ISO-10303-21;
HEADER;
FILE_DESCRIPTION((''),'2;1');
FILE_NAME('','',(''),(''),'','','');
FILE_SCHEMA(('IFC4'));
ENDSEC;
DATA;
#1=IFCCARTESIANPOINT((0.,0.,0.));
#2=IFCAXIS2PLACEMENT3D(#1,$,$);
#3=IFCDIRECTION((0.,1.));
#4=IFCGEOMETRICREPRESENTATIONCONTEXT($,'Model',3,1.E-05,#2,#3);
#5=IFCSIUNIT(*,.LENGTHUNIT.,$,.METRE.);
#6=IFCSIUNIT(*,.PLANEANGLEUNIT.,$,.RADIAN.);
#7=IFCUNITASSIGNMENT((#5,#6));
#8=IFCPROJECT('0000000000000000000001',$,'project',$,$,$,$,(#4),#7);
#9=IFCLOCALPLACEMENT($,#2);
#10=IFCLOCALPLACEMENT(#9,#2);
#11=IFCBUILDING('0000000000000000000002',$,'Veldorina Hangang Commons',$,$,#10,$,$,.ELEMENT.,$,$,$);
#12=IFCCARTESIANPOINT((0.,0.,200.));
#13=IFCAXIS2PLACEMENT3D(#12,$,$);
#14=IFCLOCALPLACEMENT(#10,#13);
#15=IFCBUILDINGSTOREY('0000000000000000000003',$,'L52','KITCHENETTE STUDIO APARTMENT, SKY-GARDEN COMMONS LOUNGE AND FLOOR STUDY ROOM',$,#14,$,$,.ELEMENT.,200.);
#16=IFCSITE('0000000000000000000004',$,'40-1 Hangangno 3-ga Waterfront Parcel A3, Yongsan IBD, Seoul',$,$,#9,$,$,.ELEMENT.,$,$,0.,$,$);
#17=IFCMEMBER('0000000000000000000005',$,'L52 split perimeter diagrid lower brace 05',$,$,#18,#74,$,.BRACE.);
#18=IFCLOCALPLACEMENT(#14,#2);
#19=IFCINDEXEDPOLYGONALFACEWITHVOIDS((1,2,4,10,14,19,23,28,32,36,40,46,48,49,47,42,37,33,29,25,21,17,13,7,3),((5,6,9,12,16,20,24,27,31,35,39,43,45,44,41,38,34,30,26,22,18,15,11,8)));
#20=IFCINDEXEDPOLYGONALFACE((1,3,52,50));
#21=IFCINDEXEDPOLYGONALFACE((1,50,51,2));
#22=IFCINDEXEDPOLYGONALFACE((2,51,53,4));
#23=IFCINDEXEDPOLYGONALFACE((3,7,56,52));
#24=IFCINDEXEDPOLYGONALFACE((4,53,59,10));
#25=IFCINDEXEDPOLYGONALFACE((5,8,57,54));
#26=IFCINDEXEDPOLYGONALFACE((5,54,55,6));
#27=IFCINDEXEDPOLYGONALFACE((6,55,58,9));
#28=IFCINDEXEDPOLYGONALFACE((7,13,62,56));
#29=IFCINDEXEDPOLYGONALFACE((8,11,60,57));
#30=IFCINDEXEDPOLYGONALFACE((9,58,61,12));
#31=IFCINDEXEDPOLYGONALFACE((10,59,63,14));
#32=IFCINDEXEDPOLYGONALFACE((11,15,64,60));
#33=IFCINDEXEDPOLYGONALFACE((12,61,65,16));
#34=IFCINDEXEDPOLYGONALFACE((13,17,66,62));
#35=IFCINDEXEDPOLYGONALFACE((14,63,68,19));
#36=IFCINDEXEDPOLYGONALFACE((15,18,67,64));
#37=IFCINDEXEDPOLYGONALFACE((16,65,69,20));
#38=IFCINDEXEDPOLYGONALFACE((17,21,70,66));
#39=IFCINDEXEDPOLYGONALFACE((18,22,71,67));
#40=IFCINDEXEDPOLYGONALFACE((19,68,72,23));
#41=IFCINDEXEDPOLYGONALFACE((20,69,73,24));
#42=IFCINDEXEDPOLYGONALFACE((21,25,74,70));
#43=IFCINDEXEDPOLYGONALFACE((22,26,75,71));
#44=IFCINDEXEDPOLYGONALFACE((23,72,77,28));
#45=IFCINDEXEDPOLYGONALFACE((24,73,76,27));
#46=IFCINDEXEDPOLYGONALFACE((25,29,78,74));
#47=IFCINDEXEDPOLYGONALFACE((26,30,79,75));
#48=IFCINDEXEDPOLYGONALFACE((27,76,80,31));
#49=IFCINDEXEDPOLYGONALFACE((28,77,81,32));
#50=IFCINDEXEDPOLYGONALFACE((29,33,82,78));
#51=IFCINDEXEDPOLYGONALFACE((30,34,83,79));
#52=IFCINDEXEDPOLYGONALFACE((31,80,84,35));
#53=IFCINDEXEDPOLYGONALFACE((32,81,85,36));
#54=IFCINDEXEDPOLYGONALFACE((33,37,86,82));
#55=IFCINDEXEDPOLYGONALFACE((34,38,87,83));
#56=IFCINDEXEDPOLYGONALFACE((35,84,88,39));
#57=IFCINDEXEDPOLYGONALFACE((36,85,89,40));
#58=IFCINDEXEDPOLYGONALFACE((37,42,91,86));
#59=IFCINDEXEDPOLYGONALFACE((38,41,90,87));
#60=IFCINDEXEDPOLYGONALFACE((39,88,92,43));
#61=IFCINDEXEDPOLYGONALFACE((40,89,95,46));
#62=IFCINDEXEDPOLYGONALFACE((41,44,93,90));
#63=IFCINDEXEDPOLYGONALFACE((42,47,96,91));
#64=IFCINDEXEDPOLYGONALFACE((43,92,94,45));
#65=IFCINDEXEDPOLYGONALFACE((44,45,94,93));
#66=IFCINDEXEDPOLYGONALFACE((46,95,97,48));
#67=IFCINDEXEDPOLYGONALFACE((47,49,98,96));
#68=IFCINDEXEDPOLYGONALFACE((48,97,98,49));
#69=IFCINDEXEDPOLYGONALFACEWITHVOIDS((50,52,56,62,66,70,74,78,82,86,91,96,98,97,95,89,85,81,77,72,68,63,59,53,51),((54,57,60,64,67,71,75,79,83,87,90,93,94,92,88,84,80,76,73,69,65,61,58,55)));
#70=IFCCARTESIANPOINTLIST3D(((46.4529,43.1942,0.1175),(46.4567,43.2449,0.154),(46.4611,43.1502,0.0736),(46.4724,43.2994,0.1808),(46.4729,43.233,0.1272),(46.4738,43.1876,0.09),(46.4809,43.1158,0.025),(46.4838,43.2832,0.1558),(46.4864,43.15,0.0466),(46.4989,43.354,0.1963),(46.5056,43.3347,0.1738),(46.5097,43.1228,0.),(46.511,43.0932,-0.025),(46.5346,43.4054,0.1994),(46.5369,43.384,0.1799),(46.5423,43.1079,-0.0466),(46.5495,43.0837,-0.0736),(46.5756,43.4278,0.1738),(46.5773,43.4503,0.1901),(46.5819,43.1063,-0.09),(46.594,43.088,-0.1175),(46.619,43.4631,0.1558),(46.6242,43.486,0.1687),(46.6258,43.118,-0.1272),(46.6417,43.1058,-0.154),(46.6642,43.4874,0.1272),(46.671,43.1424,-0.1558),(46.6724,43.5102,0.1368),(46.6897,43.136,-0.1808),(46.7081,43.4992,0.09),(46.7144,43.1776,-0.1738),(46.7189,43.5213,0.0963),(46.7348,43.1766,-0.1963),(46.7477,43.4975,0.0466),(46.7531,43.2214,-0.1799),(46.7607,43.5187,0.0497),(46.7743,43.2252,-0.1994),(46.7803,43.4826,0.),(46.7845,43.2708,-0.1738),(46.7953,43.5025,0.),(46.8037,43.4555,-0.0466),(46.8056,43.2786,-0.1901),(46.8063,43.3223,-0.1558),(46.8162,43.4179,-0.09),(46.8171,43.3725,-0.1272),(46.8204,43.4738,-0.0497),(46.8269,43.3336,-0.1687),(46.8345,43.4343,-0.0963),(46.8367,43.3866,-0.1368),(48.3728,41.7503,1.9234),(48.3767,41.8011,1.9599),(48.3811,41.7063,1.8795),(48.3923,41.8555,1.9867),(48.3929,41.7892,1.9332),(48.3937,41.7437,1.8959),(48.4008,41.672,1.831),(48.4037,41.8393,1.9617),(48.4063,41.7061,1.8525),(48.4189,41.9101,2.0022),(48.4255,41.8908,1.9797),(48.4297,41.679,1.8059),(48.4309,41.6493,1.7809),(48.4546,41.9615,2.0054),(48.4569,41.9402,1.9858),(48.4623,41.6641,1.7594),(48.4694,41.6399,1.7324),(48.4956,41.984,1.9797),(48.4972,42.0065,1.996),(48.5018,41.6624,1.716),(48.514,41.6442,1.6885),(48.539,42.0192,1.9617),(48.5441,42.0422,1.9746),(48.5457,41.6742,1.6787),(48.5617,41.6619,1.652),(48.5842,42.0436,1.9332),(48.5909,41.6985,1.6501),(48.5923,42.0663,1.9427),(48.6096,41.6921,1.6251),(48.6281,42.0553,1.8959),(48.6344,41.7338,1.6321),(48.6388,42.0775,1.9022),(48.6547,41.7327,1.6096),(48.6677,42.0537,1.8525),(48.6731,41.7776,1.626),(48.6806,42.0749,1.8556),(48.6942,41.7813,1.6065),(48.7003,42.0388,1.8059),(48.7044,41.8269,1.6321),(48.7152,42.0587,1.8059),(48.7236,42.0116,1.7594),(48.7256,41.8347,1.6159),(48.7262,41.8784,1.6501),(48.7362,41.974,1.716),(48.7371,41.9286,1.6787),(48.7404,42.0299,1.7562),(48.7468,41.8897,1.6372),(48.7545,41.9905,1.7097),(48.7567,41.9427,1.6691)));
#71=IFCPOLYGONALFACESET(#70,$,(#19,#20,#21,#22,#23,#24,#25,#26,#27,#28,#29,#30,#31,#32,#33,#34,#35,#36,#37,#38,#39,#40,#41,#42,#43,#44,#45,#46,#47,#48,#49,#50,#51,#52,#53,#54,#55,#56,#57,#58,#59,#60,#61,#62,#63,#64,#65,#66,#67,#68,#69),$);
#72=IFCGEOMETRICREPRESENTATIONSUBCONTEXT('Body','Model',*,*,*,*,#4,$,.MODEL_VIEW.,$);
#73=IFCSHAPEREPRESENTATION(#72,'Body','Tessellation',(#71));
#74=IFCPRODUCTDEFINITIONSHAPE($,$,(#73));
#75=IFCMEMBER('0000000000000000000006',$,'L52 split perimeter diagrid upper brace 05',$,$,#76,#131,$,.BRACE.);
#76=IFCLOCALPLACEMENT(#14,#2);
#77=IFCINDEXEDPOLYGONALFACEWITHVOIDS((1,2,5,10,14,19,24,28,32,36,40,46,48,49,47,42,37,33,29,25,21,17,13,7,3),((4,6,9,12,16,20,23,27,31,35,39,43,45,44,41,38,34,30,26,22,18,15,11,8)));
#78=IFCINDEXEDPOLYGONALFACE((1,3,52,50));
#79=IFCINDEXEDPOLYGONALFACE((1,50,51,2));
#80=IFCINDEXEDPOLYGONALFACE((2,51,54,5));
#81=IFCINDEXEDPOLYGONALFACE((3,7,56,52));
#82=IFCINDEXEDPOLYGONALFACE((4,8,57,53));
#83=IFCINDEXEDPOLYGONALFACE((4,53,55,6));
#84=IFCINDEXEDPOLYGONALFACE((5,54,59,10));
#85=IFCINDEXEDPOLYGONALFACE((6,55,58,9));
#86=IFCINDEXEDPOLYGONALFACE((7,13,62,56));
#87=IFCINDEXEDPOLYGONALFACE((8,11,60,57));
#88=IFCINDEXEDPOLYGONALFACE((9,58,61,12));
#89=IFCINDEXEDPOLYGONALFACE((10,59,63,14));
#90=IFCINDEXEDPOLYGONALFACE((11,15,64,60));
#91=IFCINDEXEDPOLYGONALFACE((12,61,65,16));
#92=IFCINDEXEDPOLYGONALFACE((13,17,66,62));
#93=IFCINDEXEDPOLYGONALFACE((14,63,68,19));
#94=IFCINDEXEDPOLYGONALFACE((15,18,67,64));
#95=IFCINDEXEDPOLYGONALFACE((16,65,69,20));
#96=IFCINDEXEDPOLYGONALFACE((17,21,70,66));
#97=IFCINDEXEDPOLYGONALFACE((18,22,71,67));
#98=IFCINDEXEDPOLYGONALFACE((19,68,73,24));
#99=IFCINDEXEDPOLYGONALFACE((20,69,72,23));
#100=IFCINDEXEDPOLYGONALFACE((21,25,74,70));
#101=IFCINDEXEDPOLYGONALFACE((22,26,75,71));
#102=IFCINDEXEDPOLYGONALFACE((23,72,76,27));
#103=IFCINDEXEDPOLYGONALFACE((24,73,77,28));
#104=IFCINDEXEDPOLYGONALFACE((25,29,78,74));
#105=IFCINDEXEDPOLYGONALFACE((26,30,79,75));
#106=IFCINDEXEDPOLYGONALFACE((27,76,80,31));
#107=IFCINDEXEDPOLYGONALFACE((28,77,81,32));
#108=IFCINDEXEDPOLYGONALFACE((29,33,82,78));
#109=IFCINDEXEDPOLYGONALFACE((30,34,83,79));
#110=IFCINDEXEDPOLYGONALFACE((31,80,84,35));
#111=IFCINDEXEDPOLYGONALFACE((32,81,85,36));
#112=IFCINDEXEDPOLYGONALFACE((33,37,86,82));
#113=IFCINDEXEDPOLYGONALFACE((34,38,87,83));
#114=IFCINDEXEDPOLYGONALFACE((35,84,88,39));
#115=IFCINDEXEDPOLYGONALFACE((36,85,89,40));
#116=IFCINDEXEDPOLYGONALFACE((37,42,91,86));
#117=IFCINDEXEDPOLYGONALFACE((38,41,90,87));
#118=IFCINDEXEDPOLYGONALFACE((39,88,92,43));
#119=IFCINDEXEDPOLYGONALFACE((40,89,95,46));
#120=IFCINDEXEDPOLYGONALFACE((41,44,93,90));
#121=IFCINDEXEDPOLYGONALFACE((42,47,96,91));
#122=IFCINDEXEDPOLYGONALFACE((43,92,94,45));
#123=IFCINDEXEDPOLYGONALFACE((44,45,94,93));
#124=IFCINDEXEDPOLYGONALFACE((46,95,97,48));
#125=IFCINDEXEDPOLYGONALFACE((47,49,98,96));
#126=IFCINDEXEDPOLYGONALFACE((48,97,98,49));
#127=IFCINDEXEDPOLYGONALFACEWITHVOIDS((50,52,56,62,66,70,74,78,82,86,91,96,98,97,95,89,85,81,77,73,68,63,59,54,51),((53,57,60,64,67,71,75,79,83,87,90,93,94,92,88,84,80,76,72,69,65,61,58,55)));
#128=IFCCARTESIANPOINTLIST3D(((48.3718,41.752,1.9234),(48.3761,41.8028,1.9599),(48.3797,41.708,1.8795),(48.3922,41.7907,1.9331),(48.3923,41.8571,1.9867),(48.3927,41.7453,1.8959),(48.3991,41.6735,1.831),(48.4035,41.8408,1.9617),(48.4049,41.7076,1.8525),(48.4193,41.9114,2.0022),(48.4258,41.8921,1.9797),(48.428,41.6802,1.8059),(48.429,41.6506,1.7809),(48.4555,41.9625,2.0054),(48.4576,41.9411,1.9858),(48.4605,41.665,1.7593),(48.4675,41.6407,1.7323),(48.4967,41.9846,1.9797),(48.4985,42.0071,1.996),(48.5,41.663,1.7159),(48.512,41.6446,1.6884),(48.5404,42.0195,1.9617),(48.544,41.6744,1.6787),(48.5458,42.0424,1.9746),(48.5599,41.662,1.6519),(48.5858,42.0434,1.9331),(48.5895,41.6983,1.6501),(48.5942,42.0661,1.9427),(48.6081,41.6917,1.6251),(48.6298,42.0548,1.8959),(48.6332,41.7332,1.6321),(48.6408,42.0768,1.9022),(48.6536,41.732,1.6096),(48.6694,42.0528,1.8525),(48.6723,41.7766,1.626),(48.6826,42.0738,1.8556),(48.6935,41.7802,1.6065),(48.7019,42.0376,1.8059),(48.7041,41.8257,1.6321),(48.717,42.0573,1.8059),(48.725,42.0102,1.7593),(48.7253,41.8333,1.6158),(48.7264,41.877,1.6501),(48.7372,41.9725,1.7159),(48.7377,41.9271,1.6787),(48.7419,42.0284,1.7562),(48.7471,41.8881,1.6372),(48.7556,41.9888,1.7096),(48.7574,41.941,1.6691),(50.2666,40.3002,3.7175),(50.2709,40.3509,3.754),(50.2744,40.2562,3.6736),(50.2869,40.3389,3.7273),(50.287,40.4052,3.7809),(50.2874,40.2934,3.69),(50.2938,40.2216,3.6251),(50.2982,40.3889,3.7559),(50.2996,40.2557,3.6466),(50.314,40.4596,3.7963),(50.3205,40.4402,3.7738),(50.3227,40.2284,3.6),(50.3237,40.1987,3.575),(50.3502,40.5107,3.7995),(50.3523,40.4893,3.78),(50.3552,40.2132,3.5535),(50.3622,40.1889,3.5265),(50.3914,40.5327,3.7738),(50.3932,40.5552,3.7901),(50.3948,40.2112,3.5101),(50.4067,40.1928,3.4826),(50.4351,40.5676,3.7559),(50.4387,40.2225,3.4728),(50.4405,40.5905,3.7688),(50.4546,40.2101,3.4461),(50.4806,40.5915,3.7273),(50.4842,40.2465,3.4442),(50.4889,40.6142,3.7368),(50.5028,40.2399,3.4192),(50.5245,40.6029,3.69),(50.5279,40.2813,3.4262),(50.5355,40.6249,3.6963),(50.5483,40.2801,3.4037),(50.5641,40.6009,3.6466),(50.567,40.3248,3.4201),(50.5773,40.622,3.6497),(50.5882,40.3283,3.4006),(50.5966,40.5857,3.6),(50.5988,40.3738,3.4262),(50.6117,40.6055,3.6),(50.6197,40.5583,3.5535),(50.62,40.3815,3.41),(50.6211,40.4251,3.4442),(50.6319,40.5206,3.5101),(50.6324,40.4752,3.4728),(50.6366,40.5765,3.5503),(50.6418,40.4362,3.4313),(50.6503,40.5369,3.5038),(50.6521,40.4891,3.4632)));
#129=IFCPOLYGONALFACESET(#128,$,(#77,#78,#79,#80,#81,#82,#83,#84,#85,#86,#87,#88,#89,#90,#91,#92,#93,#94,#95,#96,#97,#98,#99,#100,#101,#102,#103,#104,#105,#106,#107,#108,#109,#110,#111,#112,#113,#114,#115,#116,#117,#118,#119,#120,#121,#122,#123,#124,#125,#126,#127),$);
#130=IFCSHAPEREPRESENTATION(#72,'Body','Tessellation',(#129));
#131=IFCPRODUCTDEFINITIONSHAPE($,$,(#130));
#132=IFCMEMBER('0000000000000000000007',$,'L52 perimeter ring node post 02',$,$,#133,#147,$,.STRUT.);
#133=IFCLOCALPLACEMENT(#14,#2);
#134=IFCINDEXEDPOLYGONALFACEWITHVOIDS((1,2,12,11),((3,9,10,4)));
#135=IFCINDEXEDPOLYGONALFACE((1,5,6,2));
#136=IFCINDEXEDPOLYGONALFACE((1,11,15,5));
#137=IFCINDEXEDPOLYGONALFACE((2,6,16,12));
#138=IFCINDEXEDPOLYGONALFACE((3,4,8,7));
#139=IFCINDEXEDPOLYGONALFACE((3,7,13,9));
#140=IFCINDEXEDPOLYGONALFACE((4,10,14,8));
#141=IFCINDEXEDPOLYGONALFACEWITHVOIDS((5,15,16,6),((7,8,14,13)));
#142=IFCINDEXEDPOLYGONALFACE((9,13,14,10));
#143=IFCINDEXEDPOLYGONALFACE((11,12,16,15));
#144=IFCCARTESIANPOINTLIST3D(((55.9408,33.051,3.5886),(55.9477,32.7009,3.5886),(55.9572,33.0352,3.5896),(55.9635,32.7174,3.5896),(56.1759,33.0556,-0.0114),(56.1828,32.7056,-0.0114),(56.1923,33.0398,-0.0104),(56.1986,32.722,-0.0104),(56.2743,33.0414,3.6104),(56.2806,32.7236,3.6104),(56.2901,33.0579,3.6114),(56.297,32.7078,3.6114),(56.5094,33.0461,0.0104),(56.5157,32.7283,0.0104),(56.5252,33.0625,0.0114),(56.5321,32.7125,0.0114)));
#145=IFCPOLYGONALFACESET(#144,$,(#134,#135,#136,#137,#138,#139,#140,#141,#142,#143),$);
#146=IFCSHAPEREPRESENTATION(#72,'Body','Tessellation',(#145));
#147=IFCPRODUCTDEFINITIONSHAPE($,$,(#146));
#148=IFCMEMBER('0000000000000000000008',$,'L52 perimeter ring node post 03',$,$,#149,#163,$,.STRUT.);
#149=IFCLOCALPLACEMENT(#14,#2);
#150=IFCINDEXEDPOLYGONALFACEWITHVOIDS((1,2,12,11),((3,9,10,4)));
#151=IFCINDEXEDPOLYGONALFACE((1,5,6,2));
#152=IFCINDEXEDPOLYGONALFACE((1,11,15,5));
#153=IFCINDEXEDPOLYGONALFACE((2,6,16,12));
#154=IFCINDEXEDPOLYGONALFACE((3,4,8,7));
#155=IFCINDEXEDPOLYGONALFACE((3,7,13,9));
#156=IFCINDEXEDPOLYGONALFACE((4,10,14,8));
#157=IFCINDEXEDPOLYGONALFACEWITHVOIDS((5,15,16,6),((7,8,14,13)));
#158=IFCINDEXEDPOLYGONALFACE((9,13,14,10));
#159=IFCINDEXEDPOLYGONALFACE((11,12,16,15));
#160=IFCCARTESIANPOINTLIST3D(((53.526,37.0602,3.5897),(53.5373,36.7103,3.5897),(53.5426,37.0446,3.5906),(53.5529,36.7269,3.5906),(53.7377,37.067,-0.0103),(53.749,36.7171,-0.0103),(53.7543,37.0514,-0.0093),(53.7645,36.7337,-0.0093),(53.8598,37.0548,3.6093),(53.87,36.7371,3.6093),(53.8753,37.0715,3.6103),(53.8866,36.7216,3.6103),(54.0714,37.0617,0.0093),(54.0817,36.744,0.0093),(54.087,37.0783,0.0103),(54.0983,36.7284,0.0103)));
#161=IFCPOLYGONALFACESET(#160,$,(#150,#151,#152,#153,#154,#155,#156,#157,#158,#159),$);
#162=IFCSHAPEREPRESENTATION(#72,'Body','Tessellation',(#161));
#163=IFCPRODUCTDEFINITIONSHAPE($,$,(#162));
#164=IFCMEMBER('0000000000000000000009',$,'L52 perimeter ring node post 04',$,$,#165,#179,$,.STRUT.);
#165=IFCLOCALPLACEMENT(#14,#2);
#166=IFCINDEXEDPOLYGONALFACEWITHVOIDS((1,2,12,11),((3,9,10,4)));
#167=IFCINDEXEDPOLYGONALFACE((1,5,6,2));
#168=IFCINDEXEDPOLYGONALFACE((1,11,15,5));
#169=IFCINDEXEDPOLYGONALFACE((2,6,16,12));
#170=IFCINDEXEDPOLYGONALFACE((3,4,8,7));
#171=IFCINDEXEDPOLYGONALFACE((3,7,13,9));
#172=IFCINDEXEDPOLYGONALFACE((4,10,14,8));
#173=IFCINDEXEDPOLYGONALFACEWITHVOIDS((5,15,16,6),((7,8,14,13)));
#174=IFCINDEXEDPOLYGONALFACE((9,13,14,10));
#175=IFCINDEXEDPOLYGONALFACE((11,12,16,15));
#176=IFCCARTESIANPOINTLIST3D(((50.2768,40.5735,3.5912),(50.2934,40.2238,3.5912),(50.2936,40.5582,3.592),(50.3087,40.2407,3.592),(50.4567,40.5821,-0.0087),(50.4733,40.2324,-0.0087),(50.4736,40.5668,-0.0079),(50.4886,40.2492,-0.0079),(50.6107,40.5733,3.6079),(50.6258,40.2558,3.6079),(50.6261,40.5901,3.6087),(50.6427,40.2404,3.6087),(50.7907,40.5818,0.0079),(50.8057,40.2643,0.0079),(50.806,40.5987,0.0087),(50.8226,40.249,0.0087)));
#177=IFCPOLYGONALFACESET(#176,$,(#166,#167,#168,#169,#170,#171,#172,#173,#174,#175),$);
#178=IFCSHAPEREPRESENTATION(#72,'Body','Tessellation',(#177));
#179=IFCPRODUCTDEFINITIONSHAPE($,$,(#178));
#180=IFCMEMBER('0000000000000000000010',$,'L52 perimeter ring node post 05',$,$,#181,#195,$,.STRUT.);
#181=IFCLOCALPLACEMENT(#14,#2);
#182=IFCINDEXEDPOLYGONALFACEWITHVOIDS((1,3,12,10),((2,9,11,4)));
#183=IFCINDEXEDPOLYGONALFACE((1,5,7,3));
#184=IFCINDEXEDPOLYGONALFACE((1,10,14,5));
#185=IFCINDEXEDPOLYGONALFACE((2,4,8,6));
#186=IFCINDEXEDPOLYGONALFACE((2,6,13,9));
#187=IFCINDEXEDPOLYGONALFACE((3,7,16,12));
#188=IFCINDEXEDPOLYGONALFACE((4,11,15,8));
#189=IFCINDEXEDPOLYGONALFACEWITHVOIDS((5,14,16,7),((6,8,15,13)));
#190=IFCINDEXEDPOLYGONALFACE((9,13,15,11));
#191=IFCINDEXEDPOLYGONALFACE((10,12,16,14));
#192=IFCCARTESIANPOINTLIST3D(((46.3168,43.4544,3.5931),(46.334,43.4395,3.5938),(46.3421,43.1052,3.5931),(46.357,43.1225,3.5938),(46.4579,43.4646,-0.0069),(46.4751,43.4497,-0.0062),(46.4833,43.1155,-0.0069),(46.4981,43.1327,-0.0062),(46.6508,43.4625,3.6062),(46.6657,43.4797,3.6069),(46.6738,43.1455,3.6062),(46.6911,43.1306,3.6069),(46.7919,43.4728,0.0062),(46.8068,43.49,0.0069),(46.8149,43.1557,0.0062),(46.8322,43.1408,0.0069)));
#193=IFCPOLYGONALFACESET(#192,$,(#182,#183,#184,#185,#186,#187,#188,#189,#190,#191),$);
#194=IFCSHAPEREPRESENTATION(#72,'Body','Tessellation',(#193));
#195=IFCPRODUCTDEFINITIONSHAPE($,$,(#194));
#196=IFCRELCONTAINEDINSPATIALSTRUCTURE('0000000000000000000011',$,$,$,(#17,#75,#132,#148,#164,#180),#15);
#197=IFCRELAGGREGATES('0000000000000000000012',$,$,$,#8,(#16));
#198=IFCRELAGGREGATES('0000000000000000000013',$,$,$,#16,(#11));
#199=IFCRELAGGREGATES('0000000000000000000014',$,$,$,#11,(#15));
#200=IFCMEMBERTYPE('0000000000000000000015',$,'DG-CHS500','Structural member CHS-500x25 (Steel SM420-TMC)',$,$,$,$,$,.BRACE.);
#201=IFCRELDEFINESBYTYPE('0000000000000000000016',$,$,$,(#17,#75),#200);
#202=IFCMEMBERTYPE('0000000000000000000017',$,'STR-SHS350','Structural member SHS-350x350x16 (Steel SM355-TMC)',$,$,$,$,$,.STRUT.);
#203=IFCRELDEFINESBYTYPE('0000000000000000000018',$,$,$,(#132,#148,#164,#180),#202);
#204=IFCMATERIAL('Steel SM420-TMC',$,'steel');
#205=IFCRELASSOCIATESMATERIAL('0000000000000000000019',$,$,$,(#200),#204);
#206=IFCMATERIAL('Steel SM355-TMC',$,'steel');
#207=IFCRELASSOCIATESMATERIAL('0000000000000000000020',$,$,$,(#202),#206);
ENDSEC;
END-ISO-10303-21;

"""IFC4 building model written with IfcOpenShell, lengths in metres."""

from ifc_helpers import new_model, si_unit, direction, frame, origin, origin_2d, place, context, subcontext, project, spatial, hollow_rectangle, hollow_circle, extrude, material, material_profile, profile_set, type_object, element, save


model = new_model("IFC4")

# Units and contexts
model_context = context("Model", 3, precision=1e-05, world=origin(), true_north=direction((0.0, 1.0)))
body_context = subcontext(model_context, "Body", "Model", "MODEL_VIEW")
ifc_project = project(units=[si_unit("LENGTHUNIT", "METRE"), si_unit("PLANEANGLEUNIT", "RADIAN")], contexts=[model_context])

# Site, building, storey
site_placement = place(None, origin())
site = spatial("IfcSite", under=ifc_project, at=site_placement, Name="40-1 Hangangno 3-ga Waterfront Parcel A3, Yongsan IBD, Seoul", CompositionType="ELEMENT", RefElevation=0.0)
building_placement = place(site_placement, origin())
building = spatial("IfcBuilding", under=site, at=building_placement, Name="Veldorina Hangang Commons", CompositionType="ELEMENT")
storey_placement = place(building_placement, frame((0.0, 0.0, 200.0)))
storey = spatial("IfcBuildingStorey", under=building, at=storey_placement, Name="L52", Description="KITCHENETTE STUDIO APARTMENT, SKY-GARDEN COMMONS LOUNGE AND FLOOR STUDY ROOM", CompositionType="ELEMENT", Elevation=200.0)

# Shared definitions
ifc_material_1 = material(Name="Steel SM355-TMC", Category="steel")
ifc_material_2 = material(Name="Steel SM420-TMC", Category="steel")

# Members
ifc_material_profile_1 = material_profile(ifc_material_2, hollow_circle(Radius=0.25, WallThickness=0.0249, at=origin_2d()), Name="CHS-500x25")
ifc_profile_set_1 = profile_set([ifc_material_profile_1], Name="Steel SM420-TMC")
member_type_1 = type_object("IfcMemberType", Name="DG-CHS500", Description="Structural member CHS-500x25 (Steel SM420-TMC)", PredefinedType="BRACE", material=ifc_profile_set_1)
member_1_placement = place(storey_placement, frame((46.645, 43.3027, 0.0), z_axis=(0.638836, -0.480427, 0.600899), x_axis=(0.60104, 0.799219, 0.0)))
element("IfcMember", 1, at=member_1_placement, inside=storey, type_object=member_type_1, Name="L52 split perimeter diagrid lower brace 05", PredefinedType="BRACE", context=body_context, shape_type="SweptSolid", body=[
    extrude(hollow_circle(Radius=0.25, WallThickness=0.0249, at=origin_2d()), origin(), (0.0, 0.0, 1.0), 3.0054),
])
member_2_placement = place(storey_placement, frame((48.5649, 41.8589, 1.8059), z_axis=(0.634513, -0.486207, 0.600829), x_axis=(0.608232, 0.793759, 0.0)))
element("IfcMember", 2, at=member_2_placement, inside=storey, type_object=member_type_1, Name="L52 split perimeter diagrid upper brace 05", PredefinedType="BRACE", context=body_context, shape_type="SweptSolid", body=[
    extrude(hollow_circle(Radius=0.25, WallThickness=0.0249, at=origin_2d()), origin(), (0.0, 0.0, 1.0), 2.9861),
])
ifc_material_profile_2 = material_profile(ifc_material_1, hollow_rectangle(XDim=0.3501, YDim=0.3501, WallThickness=0.0161, at=origin_2d()), Name="SHS-350x350x16")
ifc_profile_set_2 = profile_set([ifc_material_profile_2], Name="Steel SM355-TMC")
member_type_2 = type_object("IfcMemberType", Name="STR-SHS350", Description="Structural member SHS-350x350x16 (Steel SM355-TMC)", PredefinedType="STRUT", material=ifc_profile_set_2)
member_3_placement = place(storey_placement, frame((56.354, 32.884, 0.0), z_axis=(-0.065167, -0.001286, 0.997874), x_axis=(0.019726, -0.999805, 0.0)))
element("IfcMember", 3, at=member_3_placement, inside=storey, type_object=member_type_2, Name="L52 perimeter ring node post 02", PredefinedType="STRUT", context=body_context, shape_type="SweptSolid", body=[
    extrude(hollow_rectangle(XDim=0.3501, YDim=0.3501, WallThickness=0.0161, at=origin_2d()), origin(), (0.0, 0.0, 1.0), 3.6077),
])
member_4_placement = place(storey_placement, frame((53.918, 36.8977, 0.0), z_axis=(-0.058694, -0.001896, 0.998274), x_axis=(0.032278, -0.999479, 0.0)))
element("IfcMember", 4, at=member_4_placement, inside=storey, type_object=member_type_2, Name="L52 perimeter ring node post 03", PredefinedType="STRUT", context=body_context, shape_type="SweptSolid", body=[
    extrude(hollow_rectangle(XDim=0.3501, YDim=0.3501, WallThickness=0.0161, at=origin_2d()), origin(), (0.0, 0.0, 1.0), 3.6062),
])
member_5_placement = place(storey_placement, frame((50.6396, 40.4155, 0.0), z_axis=(-0.049917, -0.002371, 0.998751), x_axis=(0.047436, -0.998874, 0.0)))
element("IfcMember", 5, at=member_5_placement, inside=storey, type_object=member_type_2, Name="L52 perimeter ring node post 04", PredefinedType="STRUT", context=body_context, shape_type="SweptSolid", body=[
    extrude(hollow_rectangle(XDim=0.3501, YDim=0.3501, WallThickness=0.0161, at=origin_2d()), origin(), (0.0, 0.0, 1.0), 3.6045),
])
member_6_placement = place(storey_placement, frame((46.645, 43.3027, 0.0), z_axis=(-0.039167, -0.002846, 0.999229), x_axis=(0.072473, -0.99737, 0.0)))
element("IfcMember", 6, at=member_6_placement, inside=storey, type_object=member_type_2, Name="L52 perimeter ring node post 05", PredefinedType="STRUT", context=body_context, shape_type="SweptSolid", body=[
    extrude(hollow_rectangle(XDim=0.3501, YDim=0.3501, WallThickness=0.0161, at=origin_2d()), origin(), (0.0, 0.0, 1.0), 3.6028),
])

save(model, "model.ifc")
